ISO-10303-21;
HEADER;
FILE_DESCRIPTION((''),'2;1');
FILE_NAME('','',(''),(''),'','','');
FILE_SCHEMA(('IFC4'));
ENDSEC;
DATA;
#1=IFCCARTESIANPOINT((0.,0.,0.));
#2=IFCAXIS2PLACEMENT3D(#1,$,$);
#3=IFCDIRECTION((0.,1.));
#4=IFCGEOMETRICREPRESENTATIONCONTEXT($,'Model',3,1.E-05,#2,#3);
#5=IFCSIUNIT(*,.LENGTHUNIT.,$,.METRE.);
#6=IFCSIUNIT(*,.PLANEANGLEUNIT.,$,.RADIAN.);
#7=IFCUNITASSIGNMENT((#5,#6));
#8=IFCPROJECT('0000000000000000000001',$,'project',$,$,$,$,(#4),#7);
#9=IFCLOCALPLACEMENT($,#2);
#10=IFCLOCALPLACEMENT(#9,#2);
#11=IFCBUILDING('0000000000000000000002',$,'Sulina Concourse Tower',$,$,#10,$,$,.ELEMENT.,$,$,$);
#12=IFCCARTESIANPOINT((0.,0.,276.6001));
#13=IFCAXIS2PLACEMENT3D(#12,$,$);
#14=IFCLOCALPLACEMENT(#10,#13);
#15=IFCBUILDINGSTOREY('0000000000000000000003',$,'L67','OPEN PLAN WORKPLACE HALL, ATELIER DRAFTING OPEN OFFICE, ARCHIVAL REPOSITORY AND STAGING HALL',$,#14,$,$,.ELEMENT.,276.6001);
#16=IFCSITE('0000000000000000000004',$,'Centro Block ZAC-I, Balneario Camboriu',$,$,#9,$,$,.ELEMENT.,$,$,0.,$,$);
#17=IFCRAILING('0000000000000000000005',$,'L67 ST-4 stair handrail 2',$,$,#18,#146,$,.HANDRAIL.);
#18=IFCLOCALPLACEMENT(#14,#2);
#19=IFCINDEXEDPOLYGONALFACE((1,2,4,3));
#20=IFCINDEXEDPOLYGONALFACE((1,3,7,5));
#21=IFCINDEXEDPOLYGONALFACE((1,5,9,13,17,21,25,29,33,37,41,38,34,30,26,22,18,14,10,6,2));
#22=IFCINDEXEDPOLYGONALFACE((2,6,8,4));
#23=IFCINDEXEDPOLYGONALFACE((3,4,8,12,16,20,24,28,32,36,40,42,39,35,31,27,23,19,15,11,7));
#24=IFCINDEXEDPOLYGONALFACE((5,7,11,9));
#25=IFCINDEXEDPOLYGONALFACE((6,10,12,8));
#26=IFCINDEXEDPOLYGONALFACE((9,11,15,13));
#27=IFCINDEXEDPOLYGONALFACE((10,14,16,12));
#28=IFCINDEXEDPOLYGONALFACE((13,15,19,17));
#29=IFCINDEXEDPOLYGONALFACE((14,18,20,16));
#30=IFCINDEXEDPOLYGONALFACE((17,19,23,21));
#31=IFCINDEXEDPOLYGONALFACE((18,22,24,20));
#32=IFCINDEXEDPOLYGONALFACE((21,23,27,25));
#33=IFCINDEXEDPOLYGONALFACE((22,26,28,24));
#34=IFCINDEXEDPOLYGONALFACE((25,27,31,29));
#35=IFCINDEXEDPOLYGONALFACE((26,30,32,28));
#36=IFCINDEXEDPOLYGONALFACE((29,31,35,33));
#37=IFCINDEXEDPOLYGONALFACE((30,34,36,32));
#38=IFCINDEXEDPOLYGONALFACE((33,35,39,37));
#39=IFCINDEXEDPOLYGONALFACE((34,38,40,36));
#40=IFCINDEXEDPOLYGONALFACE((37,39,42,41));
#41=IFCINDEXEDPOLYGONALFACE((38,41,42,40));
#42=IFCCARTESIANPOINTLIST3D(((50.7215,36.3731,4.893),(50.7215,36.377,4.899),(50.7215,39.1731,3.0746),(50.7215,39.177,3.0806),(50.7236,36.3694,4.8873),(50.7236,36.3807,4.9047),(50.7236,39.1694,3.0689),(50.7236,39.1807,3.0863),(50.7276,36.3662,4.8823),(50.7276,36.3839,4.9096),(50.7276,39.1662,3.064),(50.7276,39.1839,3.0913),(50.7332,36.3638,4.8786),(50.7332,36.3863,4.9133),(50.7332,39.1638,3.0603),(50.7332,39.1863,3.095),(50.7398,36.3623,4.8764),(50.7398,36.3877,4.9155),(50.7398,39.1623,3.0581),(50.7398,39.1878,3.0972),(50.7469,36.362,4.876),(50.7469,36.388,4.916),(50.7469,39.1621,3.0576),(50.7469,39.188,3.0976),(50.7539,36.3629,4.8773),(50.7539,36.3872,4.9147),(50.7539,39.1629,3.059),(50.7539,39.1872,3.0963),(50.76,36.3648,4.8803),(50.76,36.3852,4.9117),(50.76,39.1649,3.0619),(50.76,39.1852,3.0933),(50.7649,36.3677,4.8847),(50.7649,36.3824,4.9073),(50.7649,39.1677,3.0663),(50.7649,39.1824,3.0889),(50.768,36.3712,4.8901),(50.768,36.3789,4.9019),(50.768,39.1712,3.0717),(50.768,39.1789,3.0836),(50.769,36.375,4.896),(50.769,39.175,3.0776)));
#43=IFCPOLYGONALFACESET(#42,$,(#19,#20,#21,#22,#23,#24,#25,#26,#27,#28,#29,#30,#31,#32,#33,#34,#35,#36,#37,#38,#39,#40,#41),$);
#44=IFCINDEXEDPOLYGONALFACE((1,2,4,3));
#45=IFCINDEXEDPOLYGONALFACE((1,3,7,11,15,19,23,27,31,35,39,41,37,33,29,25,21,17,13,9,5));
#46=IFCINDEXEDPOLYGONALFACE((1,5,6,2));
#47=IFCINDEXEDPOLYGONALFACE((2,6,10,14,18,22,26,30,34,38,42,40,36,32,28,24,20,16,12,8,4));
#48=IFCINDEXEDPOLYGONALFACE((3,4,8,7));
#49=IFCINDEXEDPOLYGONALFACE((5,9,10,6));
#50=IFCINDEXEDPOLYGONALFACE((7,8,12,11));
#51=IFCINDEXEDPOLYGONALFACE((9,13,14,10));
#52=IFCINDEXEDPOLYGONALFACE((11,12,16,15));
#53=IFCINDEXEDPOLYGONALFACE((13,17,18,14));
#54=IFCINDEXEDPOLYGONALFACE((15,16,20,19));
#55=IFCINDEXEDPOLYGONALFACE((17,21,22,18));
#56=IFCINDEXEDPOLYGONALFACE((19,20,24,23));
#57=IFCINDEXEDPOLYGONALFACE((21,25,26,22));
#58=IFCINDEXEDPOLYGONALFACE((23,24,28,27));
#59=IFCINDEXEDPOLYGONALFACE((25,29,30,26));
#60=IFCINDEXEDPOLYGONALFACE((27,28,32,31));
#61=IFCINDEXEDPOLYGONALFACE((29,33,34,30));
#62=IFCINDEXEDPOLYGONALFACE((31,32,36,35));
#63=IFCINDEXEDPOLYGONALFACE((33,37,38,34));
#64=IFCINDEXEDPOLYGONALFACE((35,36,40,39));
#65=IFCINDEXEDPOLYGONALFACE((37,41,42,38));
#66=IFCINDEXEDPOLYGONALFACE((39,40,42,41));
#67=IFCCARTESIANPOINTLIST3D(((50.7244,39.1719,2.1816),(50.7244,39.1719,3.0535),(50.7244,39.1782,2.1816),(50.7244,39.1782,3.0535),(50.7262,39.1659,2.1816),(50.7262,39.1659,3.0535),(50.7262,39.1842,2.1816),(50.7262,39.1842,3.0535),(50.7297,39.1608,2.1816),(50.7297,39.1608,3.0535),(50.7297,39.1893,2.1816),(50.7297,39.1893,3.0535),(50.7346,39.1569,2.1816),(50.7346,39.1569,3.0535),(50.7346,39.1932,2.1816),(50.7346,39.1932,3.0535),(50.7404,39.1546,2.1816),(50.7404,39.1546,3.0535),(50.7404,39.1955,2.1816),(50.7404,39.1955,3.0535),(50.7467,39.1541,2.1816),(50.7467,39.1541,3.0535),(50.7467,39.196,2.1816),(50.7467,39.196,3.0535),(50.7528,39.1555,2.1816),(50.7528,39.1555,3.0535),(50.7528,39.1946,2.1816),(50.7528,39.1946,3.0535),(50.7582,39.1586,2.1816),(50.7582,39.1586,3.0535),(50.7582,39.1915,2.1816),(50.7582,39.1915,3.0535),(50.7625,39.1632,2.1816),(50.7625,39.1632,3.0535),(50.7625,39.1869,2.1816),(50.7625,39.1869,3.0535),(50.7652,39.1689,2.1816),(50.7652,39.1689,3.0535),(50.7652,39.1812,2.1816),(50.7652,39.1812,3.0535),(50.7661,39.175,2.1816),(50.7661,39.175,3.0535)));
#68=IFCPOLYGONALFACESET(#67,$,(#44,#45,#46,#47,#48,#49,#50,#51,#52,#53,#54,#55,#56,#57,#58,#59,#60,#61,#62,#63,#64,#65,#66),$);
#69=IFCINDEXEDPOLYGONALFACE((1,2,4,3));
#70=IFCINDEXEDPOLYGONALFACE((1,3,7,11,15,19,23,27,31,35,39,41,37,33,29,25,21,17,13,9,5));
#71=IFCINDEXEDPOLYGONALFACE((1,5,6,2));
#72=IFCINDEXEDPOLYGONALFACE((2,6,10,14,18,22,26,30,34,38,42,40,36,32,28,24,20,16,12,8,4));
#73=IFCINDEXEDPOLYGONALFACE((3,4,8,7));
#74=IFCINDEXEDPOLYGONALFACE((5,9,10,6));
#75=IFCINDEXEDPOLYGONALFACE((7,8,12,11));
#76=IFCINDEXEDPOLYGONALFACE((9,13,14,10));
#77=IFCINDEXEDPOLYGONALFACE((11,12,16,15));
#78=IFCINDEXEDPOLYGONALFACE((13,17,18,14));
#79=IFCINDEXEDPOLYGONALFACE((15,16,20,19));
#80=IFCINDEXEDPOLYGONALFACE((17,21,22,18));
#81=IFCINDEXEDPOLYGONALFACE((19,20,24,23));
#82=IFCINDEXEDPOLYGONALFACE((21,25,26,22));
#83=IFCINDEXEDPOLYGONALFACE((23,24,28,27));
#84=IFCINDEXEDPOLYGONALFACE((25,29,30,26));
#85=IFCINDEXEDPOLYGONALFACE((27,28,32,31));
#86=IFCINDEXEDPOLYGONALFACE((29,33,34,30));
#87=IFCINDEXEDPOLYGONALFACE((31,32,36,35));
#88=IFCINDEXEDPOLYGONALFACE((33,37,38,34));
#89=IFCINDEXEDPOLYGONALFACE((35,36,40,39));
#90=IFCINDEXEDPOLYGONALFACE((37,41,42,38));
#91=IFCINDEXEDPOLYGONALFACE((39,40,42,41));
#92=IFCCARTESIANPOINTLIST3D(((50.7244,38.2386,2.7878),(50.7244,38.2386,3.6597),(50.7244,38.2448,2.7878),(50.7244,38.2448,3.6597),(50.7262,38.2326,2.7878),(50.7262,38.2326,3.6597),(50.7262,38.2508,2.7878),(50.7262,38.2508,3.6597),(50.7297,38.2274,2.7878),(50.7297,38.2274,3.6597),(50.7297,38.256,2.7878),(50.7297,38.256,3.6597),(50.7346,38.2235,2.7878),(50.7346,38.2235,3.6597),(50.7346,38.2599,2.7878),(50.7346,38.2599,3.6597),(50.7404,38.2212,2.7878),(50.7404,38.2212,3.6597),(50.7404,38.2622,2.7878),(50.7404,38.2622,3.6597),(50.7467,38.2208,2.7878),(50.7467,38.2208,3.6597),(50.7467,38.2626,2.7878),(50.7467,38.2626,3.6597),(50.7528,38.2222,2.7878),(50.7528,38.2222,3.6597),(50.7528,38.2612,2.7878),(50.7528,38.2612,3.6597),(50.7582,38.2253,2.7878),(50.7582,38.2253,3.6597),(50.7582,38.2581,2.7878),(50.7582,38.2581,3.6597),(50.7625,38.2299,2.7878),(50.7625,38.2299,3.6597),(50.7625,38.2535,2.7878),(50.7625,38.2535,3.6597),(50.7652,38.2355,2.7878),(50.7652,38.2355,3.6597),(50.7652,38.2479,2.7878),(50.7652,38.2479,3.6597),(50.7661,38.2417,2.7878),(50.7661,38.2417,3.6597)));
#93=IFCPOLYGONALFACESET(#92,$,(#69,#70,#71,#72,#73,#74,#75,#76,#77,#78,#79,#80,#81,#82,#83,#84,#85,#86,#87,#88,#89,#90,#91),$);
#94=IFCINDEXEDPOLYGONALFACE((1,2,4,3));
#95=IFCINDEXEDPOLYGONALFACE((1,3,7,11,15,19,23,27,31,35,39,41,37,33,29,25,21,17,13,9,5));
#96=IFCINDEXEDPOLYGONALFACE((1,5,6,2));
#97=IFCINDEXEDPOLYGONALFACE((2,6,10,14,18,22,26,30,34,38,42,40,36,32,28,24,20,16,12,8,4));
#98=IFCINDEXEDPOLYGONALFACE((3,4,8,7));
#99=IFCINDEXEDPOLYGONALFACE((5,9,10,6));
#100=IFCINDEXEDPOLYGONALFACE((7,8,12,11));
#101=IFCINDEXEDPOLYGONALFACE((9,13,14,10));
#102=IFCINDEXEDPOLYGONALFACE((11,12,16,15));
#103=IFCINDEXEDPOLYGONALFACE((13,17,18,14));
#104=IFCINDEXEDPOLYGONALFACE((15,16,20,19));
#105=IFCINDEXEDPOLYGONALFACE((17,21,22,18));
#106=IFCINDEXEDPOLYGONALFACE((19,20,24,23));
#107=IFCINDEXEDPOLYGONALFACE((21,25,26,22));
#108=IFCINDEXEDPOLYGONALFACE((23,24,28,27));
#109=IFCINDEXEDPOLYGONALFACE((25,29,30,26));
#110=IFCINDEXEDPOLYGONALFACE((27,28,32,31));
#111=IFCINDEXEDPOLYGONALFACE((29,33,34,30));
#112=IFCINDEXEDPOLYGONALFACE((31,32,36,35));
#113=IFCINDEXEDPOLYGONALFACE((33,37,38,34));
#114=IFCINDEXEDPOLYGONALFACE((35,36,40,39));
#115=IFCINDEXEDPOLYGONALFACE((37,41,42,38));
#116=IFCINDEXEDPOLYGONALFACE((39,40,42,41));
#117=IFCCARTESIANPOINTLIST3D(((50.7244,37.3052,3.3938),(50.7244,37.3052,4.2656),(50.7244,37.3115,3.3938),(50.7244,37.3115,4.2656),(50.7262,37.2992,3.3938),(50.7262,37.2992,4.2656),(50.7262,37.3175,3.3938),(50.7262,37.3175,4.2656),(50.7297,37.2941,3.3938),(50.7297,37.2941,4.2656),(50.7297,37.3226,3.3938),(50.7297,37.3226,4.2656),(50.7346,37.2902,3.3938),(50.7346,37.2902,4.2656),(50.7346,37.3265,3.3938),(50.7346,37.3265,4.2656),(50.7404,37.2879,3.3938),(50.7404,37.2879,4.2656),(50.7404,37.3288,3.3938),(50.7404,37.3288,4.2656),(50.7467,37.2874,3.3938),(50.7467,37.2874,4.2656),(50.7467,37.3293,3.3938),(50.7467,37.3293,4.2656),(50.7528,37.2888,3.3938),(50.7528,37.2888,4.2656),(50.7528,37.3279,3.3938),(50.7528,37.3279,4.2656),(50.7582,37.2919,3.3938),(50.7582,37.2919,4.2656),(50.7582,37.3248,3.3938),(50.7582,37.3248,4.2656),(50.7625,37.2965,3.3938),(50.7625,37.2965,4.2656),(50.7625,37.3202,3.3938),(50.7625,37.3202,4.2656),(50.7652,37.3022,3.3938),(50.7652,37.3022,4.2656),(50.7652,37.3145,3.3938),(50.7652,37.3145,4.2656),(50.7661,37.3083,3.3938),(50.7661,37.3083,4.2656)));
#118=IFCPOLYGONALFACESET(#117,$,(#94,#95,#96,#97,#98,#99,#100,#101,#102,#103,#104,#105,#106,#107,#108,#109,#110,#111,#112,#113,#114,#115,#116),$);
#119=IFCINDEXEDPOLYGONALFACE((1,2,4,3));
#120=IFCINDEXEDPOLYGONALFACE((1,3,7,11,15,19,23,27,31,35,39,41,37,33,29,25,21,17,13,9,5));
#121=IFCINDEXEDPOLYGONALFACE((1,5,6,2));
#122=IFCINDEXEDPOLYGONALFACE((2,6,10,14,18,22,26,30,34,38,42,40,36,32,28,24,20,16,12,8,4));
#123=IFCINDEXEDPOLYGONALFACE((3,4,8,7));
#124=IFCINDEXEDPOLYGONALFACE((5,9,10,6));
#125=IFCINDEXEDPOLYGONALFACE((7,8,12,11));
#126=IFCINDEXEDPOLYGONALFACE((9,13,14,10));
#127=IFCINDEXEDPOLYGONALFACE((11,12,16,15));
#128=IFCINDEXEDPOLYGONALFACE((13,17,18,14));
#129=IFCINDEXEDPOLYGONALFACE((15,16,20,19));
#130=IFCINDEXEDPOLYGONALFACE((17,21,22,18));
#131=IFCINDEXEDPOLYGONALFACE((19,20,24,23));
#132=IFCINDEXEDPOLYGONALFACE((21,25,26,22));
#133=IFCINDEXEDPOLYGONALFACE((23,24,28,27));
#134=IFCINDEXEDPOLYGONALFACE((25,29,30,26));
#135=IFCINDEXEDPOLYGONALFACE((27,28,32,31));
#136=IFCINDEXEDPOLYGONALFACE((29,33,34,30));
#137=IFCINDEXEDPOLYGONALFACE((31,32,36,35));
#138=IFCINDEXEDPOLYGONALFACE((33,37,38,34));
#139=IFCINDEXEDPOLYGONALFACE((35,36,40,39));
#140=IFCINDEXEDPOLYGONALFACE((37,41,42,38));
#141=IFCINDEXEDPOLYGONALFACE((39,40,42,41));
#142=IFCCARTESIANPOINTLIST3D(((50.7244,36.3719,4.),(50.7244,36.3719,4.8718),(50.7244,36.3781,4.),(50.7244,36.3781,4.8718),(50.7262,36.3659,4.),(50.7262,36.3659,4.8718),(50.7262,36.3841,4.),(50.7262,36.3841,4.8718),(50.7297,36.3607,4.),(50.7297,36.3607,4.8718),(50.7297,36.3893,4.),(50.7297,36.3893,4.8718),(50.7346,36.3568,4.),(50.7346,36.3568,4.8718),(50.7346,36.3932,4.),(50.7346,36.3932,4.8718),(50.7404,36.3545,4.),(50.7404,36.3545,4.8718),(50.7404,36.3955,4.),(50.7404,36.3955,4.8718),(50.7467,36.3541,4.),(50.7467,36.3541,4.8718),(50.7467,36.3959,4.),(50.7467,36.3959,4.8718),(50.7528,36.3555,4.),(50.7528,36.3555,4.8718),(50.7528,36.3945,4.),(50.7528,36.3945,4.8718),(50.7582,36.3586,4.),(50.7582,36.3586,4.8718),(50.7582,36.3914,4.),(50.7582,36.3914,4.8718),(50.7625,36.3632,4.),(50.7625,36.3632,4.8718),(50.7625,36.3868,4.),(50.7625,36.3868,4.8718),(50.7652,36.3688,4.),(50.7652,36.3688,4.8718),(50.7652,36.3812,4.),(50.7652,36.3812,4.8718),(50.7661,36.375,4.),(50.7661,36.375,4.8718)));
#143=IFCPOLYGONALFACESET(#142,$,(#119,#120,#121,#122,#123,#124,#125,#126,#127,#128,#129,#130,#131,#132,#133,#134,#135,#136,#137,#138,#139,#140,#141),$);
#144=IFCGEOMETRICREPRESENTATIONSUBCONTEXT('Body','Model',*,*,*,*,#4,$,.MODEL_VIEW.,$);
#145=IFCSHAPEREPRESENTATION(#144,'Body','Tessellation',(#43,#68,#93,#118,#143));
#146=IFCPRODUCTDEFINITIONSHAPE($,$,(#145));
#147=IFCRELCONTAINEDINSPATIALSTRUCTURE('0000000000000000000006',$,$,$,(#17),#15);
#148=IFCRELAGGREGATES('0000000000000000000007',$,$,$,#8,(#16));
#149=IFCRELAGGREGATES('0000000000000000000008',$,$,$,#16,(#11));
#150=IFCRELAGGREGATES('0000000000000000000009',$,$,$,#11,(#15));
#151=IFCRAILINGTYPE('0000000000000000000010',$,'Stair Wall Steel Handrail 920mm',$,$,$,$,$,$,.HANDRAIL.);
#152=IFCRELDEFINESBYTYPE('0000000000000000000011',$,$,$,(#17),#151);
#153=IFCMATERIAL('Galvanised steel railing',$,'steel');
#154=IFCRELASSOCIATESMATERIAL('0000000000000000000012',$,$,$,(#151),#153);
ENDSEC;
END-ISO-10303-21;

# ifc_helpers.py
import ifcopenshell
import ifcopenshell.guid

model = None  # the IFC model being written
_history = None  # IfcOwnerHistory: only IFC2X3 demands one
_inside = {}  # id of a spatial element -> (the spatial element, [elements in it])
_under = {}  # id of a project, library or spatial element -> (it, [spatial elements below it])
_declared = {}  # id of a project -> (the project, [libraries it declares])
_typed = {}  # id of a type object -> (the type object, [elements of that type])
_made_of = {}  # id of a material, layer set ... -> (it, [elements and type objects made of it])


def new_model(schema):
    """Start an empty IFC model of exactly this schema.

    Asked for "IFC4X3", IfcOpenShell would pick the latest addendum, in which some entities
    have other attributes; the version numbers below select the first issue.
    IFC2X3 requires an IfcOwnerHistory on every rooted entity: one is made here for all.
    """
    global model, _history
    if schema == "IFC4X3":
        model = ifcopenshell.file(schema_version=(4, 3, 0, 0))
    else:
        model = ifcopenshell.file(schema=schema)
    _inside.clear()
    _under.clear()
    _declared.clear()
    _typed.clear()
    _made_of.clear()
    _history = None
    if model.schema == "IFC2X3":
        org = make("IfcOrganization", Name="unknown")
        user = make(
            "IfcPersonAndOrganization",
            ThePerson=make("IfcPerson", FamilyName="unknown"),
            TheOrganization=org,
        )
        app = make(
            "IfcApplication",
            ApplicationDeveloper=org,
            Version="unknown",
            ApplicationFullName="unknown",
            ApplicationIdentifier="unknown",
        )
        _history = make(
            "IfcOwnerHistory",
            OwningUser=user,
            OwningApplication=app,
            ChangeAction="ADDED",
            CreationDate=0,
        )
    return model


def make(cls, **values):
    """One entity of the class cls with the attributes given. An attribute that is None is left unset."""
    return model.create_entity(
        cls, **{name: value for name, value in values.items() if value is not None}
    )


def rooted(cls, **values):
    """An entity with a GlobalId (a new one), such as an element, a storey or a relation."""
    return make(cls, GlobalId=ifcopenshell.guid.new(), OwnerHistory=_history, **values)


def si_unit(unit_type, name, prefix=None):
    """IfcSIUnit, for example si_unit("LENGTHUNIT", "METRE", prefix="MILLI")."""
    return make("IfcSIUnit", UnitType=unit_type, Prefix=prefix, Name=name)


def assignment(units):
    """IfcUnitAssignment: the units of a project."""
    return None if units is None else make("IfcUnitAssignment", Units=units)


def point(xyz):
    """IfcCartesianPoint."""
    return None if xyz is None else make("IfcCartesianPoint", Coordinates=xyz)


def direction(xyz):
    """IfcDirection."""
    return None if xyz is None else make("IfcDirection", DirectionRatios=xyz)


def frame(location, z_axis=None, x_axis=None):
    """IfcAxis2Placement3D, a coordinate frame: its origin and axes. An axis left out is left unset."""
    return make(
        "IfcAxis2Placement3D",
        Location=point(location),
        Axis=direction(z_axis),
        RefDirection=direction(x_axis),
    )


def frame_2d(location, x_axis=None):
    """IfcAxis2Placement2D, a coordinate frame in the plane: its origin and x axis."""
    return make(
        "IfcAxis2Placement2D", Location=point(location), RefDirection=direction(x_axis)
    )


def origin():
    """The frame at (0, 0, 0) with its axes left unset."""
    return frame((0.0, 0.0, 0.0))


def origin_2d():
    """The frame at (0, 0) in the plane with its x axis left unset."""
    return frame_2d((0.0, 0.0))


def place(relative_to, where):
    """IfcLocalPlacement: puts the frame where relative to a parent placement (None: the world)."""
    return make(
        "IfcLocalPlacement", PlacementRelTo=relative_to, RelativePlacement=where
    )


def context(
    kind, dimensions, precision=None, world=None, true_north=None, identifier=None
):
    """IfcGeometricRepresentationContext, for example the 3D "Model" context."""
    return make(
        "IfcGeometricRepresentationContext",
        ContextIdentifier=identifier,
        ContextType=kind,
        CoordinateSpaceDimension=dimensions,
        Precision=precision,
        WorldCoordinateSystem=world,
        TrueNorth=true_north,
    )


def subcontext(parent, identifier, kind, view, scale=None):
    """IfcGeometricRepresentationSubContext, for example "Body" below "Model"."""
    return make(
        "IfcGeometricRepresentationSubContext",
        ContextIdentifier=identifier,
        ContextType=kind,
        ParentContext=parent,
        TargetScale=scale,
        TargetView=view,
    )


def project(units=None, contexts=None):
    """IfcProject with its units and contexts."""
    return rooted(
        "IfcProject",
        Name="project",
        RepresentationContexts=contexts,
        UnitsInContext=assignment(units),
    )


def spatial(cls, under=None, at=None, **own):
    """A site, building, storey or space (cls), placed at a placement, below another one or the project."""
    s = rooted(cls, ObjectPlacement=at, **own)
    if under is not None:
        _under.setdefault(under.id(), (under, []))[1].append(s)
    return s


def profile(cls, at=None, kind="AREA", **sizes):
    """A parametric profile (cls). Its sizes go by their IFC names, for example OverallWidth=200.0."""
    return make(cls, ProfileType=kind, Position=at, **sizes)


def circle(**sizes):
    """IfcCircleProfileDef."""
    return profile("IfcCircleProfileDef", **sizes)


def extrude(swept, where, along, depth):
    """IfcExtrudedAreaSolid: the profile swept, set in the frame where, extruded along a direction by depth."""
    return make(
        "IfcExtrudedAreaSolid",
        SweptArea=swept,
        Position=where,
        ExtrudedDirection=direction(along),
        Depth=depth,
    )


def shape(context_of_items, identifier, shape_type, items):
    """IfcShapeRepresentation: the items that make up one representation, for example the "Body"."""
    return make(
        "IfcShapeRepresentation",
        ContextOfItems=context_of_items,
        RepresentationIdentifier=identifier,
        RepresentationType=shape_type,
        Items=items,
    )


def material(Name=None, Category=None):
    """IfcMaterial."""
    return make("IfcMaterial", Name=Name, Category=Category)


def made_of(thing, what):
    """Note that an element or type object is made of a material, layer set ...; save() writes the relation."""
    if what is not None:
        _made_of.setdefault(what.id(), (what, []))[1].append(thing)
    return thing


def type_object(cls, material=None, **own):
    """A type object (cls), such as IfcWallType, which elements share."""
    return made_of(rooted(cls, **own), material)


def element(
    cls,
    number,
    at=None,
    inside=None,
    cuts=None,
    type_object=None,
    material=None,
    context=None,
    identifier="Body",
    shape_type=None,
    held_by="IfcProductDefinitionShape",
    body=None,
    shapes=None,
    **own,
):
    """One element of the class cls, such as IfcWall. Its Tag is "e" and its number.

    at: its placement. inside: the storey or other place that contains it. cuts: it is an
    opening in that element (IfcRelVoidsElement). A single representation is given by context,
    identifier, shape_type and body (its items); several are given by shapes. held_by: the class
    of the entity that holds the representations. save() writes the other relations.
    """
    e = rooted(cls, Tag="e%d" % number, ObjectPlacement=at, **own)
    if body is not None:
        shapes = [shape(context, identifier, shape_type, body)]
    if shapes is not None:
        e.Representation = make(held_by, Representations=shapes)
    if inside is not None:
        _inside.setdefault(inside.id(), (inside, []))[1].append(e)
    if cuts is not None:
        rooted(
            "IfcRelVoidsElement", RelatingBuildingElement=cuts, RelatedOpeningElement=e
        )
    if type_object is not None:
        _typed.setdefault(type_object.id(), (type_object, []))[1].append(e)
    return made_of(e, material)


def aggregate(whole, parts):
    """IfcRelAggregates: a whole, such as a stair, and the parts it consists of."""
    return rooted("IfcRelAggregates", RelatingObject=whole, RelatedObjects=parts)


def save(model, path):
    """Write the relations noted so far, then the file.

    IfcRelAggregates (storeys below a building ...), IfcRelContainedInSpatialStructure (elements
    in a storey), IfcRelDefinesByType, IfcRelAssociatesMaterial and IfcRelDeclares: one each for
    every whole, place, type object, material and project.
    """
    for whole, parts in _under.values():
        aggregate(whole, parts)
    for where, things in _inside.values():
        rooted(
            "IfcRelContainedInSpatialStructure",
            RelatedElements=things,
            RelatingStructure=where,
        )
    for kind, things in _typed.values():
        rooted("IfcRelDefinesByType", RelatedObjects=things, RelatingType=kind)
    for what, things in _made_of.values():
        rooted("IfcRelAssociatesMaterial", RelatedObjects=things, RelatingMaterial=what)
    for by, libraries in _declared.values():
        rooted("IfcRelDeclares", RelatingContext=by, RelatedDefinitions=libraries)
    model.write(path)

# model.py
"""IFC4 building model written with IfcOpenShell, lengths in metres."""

from ifc_helpers import new_model, si_unit, direction, frame, origin, origin_2d, place, context, subcontext, project, spatial, circle, extrude, material, type_object, element, save


model = new_model("IFC4")

# Units and contexts
model_context = context("Model", 3, precision=1e-05, world=origin(), true_north=direction((0.0, 1.0)))
body_context = subcontext(model_context, "Body", "Model", "MODEL_VIEW")
ifc_project = project(units=[si_unit("LENGTHUNIT", "METRE"), si_unit("PLANEANGLEUNIT", "RADIAN")], contexts=[model_context])

# Site, building, storey
site_placement = place(None, origin())
site = spatial("IfcSite", under=ifc_project, at=site_placement, Name="Centro Block ZAC-I, Balneario Camboriu", CompositionType="ELEMENT", RefElevation=0.0)
building_placement = place(site_placement, origin())
building = spatial("IfcBuilding", under=site, at=building_placement, Name="Sulina Concourse Tower", CompositionType="ELEMENT")
storey_placement = place(building_placement, frame((0.0, 0.0, 276.6001)))
storey = spatial("IfcBuildingStorey", under=building, at=storey_placement, Name="L67", Description="OPEN PLAN WORKPLACE HALL, ATELIER DRAFTING OPEN OFFICE, ARCHIVAL REPOSITORY AND STAGING HALL", CompositionType="ELEMENT", Elevation=276.6001)

# Railing
ifc_material_1 = material(Name="Galvanised steel railing", Category="steel")
railing_type_1 = type_object("IfcRailingType", Name="Stair Wall Steel Handrail 920mm", PredefinedType="HANDRAIL", material=ifc_material_1)
railing_1_placement = place(storey_placement, frame((50.7451, 39.175, 2.1816)))
element("IfcRailing", 1, at=railing_1_placement, inside=storey, type_object=railing_type_1, Name="L67 ST-4 stair handrail 2", PredefinedType="HANDRAIL", context=body_context, shape_type="SweptSolid", body=[
    extrude(circle(Radius=0.0239, at=origin_2d()), frame((0.0, 0.0, 0.896), z_axis=(0.0, -0.838672, 0.544636), x_axis=(1.0, 0.0, 0.0)), (0.0, 0.0, 1.0), 3.3386),
    extrude(circle(Radius=0.021, at=origin_2d()), origin(), (0.0, 0.0, 1.0), 0.8718),
    extrude(circle(Radius=0.021, at=origin_2d()), frame((0.0, -0.9333, 0.6062)), (0.0, 0.0, 1.0), 0.8718),
    extrude(circle(Radius=0.021, at=origin_2d()), frame((0.0, -1.8667, 1.2122)), (0.0, 0.0, 1.0), 0.8718),
    extrude(circle(Radius=0.021, at=origin_2d()), frame((0.0, -2.8, 1.8184)), (0.0, 0.0, 1.0), 0.8718),
])

save(model, "model.ifc")
